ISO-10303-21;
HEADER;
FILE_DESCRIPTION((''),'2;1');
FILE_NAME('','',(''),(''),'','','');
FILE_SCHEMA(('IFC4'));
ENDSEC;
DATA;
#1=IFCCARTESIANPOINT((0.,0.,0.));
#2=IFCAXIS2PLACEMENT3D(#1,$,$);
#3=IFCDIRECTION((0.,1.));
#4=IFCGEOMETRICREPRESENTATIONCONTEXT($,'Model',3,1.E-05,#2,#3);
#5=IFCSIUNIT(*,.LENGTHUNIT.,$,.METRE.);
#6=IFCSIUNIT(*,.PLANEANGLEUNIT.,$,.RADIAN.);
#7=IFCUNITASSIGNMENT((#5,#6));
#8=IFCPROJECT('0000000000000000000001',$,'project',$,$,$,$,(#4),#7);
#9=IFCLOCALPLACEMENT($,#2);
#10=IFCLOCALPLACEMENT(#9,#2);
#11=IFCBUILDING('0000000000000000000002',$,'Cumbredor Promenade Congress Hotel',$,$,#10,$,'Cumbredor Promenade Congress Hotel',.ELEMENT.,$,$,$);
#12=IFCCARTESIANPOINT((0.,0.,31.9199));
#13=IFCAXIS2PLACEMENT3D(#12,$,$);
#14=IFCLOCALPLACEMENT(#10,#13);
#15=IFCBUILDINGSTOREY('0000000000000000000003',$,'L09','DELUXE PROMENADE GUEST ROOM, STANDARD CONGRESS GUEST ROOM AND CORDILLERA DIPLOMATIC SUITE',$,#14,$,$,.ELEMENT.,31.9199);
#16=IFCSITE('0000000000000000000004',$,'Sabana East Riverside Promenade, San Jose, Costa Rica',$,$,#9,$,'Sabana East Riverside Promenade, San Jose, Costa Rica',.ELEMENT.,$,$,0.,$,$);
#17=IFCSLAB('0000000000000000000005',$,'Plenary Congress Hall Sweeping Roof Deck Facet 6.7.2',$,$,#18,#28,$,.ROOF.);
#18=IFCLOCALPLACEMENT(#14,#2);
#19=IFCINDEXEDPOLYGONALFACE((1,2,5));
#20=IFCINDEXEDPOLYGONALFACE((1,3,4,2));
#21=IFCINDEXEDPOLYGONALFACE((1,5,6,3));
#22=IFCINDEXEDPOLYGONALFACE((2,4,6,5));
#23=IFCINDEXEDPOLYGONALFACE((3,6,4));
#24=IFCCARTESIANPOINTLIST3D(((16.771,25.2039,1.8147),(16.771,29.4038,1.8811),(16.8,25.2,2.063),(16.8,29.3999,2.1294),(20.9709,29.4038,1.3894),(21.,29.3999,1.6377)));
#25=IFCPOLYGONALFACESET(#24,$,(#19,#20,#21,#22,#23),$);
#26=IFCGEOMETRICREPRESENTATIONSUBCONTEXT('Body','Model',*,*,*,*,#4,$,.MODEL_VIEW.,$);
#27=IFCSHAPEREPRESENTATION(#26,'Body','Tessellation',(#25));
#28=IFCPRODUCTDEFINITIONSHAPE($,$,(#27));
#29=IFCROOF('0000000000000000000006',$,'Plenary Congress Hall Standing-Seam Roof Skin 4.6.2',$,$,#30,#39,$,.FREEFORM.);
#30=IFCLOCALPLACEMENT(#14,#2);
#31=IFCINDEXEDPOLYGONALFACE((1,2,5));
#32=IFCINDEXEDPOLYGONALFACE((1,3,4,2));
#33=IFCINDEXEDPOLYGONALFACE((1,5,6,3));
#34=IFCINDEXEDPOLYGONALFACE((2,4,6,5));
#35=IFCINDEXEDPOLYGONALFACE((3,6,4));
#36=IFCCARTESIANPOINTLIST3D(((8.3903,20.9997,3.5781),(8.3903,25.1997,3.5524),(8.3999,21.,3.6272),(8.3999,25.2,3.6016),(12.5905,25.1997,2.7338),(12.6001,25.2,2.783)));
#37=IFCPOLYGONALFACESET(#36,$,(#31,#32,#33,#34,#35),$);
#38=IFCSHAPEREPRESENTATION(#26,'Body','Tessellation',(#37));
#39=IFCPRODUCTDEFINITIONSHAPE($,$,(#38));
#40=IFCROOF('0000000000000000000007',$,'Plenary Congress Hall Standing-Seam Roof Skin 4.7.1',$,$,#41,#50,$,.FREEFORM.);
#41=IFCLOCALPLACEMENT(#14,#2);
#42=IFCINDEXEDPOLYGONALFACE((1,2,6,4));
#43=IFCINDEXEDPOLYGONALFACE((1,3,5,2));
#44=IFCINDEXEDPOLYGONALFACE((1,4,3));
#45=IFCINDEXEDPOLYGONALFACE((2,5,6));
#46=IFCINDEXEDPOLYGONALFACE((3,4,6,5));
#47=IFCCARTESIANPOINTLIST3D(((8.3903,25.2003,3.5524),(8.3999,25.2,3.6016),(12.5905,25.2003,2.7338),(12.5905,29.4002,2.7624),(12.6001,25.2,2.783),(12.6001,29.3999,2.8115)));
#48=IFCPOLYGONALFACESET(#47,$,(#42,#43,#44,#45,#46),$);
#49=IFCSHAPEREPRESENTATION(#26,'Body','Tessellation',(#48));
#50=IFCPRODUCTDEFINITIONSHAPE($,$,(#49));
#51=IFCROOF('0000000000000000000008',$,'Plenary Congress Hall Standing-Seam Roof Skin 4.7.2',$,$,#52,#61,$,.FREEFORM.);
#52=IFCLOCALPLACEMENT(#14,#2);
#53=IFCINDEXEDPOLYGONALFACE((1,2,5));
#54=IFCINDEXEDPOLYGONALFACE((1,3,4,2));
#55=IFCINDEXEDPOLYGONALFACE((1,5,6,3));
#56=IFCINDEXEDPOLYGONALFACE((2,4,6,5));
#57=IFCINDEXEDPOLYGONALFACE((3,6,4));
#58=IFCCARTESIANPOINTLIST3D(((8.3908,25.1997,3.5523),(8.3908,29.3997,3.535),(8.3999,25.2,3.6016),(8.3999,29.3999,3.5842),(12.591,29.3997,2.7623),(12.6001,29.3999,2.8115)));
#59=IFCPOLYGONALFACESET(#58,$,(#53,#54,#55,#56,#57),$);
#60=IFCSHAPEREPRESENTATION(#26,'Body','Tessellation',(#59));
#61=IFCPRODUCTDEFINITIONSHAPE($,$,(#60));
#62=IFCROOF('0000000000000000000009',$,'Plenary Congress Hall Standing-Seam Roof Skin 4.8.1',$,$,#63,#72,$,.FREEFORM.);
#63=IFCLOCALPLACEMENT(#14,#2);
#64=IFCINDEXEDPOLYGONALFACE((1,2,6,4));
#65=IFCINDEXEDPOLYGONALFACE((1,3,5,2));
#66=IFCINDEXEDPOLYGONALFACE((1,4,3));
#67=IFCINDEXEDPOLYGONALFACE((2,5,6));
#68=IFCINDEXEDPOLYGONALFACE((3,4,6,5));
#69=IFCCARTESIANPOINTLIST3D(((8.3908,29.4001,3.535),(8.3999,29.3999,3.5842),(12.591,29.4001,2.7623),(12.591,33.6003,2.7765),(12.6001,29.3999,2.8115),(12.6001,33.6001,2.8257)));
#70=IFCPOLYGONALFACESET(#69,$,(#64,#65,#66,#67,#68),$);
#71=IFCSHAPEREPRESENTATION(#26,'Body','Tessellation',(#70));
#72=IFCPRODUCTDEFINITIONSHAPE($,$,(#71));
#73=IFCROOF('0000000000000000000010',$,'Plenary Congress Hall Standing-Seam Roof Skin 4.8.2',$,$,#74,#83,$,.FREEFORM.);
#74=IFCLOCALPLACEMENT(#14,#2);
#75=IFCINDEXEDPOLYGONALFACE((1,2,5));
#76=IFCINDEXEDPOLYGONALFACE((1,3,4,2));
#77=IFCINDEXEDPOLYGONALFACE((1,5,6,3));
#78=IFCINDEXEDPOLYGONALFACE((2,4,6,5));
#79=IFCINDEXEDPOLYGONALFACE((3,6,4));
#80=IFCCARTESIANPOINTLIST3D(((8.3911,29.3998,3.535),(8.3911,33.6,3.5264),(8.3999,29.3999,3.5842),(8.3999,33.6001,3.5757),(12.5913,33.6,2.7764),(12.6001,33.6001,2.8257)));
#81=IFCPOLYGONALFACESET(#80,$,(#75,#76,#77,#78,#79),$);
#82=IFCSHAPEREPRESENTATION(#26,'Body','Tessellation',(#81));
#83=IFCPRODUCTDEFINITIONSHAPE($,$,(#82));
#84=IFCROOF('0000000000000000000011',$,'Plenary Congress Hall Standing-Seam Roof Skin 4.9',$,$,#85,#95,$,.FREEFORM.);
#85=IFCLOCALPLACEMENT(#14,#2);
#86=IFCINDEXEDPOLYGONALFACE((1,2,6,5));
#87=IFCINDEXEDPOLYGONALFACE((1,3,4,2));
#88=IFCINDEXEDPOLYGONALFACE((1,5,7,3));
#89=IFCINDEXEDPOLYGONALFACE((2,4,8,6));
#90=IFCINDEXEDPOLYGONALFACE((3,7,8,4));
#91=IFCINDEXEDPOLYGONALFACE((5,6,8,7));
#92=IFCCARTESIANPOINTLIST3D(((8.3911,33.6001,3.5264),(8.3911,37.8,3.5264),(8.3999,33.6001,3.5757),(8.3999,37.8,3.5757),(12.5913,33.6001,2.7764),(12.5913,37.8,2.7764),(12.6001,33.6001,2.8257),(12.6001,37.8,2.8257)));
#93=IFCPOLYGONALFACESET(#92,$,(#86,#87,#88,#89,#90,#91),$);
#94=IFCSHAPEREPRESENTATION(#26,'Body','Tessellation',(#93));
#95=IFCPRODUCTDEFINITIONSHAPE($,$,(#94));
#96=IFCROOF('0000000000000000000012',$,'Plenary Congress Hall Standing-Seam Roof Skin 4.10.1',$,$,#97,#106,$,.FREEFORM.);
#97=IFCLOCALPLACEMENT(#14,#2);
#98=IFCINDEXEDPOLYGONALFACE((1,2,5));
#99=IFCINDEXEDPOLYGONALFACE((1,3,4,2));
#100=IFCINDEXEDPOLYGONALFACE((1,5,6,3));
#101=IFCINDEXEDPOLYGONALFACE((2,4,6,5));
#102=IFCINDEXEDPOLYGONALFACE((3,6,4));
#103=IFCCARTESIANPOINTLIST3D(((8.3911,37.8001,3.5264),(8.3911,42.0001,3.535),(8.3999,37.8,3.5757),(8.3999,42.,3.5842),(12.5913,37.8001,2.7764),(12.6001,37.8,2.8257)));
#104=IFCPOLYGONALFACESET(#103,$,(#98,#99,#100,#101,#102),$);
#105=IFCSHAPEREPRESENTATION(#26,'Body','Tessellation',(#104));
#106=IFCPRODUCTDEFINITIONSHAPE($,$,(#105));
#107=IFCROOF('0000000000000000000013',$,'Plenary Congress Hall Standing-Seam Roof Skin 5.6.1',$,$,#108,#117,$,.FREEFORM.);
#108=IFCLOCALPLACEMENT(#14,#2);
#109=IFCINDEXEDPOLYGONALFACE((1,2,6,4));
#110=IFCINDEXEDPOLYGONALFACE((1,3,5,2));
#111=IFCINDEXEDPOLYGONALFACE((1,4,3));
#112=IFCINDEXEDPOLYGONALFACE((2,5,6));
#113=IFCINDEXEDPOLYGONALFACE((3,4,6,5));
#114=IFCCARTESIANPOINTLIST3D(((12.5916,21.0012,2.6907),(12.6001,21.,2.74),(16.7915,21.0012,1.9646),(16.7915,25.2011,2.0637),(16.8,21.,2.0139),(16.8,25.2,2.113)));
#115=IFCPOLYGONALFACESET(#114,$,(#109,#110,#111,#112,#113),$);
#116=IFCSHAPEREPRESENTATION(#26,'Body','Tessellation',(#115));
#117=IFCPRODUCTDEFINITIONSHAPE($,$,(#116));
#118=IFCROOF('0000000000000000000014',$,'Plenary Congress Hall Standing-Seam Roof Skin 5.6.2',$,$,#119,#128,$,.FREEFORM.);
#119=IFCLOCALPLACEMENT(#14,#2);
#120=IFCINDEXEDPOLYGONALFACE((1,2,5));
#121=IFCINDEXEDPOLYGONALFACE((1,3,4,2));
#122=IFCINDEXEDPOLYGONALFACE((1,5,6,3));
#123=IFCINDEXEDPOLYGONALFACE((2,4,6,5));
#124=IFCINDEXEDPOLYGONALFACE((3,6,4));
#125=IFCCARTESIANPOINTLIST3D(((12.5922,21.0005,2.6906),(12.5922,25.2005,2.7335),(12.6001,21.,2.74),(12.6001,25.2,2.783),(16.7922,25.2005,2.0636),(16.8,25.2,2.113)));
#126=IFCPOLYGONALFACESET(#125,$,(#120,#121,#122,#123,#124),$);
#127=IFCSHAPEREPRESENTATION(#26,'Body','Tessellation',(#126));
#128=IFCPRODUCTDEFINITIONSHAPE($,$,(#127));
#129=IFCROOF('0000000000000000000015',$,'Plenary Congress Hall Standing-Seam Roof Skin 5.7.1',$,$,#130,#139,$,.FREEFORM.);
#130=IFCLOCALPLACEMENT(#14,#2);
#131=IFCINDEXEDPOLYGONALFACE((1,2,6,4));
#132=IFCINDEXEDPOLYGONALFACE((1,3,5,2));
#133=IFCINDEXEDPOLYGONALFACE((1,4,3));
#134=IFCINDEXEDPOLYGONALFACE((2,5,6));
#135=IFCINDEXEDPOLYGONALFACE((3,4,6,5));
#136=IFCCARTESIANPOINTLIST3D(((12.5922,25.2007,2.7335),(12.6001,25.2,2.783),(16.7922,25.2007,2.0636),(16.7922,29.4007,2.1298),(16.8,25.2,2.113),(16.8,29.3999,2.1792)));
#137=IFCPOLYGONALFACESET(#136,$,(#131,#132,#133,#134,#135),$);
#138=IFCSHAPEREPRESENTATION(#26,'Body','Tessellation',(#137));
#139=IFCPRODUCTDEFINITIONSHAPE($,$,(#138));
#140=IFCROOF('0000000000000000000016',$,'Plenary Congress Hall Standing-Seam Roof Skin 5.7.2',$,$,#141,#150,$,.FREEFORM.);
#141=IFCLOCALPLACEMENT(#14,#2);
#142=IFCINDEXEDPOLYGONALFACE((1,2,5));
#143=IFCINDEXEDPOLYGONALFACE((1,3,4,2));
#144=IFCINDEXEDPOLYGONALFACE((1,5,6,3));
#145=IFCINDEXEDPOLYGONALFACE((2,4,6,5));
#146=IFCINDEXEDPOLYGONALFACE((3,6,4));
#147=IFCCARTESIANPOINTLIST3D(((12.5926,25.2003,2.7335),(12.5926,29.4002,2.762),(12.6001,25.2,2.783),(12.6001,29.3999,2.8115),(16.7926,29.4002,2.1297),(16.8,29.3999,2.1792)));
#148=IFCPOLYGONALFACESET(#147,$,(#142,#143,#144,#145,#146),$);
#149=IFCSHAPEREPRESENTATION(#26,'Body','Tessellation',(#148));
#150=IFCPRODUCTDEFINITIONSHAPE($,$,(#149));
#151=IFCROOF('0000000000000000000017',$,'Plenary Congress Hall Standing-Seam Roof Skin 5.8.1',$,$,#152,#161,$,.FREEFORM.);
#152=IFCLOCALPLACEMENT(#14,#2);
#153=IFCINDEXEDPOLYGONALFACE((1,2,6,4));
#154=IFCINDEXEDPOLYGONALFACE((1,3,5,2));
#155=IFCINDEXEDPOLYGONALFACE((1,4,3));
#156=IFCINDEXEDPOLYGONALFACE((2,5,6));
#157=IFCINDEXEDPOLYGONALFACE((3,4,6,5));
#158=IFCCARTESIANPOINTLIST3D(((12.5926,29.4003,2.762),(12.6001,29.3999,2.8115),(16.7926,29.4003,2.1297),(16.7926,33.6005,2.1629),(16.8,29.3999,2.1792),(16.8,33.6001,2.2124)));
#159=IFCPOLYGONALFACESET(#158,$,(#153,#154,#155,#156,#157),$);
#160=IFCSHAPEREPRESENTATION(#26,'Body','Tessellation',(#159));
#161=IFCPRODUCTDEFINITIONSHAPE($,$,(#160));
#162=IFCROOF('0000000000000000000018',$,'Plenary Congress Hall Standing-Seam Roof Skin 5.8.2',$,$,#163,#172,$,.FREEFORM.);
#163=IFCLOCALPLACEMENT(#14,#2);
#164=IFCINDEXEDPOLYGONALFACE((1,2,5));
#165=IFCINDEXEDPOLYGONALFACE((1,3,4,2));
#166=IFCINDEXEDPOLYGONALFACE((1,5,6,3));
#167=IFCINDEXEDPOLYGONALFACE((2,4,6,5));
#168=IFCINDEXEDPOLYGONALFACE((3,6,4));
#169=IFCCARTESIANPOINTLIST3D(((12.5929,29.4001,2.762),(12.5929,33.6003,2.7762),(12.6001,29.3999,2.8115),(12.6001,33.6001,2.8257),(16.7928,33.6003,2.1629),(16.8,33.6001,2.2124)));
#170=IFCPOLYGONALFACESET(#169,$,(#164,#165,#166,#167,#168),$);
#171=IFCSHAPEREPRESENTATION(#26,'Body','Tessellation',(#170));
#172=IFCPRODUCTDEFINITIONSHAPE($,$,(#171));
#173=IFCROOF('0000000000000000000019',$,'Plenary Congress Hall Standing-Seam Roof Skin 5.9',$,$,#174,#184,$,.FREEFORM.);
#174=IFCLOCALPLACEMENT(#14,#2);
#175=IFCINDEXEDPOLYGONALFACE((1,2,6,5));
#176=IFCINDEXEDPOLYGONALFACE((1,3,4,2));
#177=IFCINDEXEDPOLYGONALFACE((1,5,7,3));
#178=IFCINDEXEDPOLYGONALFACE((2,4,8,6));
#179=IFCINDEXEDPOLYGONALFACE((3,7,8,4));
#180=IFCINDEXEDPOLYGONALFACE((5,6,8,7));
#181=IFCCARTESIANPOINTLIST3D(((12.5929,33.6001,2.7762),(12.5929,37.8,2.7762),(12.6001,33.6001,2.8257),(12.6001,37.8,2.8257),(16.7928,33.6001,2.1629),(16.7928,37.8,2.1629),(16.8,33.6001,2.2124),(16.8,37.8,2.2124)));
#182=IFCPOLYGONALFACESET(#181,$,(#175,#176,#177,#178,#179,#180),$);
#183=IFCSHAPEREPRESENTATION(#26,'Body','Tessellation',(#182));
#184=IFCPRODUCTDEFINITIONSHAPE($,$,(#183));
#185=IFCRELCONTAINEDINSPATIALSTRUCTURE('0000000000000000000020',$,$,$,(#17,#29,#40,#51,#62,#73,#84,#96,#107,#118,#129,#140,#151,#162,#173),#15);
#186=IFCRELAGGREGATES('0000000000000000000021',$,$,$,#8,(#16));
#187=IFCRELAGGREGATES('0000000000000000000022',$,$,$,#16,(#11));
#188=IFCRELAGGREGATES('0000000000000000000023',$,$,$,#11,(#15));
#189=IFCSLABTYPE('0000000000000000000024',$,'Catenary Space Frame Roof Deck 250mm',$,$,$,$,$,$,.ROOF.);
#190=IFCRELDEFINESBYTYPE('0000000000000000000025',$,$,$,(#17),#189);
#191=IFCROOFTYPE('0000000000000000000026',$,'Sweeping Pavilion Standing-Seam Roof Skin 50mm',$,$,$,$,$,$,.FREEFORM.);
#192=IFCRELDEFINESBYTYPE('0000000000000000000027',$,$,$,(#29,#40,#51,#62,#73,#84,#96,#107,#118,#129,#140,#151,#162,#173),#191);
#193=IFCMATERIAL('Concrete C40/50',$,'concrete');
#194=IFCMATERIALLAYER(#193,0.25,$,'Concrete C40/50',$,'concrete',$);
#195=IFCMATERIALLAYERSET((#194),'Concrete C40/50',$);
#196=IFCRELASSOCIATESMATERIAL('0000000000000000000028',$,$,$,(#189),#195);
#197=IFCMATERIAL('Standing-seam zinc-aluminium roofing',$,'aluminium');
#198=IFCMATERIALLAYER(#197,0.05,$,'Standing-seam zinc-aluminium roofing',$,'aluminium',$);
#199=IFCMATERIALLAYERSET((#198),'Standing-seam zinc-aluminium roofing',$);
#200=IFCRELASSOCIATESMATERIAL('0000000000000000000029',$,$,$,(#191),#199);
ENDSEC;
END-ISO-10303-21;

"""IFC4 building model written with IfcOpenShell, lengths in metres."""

from ifc_helpers import new_model, si_unit, direction, frame, origin, place, context, subcontext, project, spatial, polyline, outline, extrude, material, layer, layer_set, type_object, element, save


model = new_model("IFC4")

# Units and contexts
model_context = context("Model", 3, precision=1e-05, world=origin(), true_north=direction((0.0, 1.0)))
body_context = subcontext(model_context, "Body", "Model", "MODEL_VIEW")
ifc_project = project(units=[si_unit("LENGTHUNIT", "METRE"), si_unit("PLANEANGLEUNIT", "RADIAN")], contexts=[model_context])

# Site, building, storey
site_placement = place(None, origin())
site = spatial("IfcSite", under=ifc_project, at=site_placement, Name="Sabana East Riverside Promenade, San Jose, Costa Rica", LongName="Sabana East Riverside Promenade, San Jose, Costa Rica", CompositionType="ELEMENT", RefElevation=0.0)
building_placement = place(site_placement, origin())
building = spatial("IfcBuilding", under=site, at=building_placement, Name="Cumbredor Promenade Congress Hotel", LongName="Cumbredor Promenade Congress Hotel", CompositionType="ELEMENT")
storey_placement = place(building_placement, frame((0.0, 0.0, 31.9199)))
storey = spatial("IfcBuildingStorey", under=building, at=storey_placement, Name="L09", Description="DELUXE PROMENADE GUEST ROOM, STANDARD CONGRESS GUEST ROOM AND CORDILLERA DIPLOMATIC SUITE", CompositionType="ELEMENT", Elevation=31.9199)

# Slab
ifc_material_1 = material(Name="Concrete C40/50", Category="concrete")
ifc_layer_1 = layer(ifc_material_1, 0.25, Name="Concrete C40/50", Category="concrete")
ifc_layer_set_1 = layer_set([ifc_layer_1], Name="Concrete C40/50")
slab_type = type_object("IfcSlabType", Name="Catenary Space Frame Roof Deck 250mm", PredefinedType="ROOF", material=ifc_layer_set_1)
slab_1_placement = place(storey_placement, frame((16.8, 25.2, 2.063), z_axis=(0.116264, -0.015702, 0.993094), x_axis=(0.705301, 0.705301, -0.07142)))
element("IfcSlab", 1, at=slab_1_placement, inside=storey, type_object=slab_type, Name="Plenary Congress Hall Sweeping Roof Deck Facet 6.7.2", PredefinedType="ROOF", context=body_context, shape_type="SweptSolid", body=[
    extrude(outline(polyline([(0.0, 0.0), (5.9548, 0.0), (2.9575, 2.9828), (0.0, 0.0)])), origin(), (0.0, 0.0, -1.0), 0.25),
])

# Roofs
ifc_material_2 = material(Name="Standing-seam zinc-aluminium roofing", Category="aluminium")
ifc_layer_2 = layer(ifc_material_2, 0.05, Name="Standing-seam zinc-aluminium roofing", Category="aluminium")
ifc_layer_set_2 = layer_set([ifc_layer_2], Name="Standing-seam zinc-aluminium roofing")
roof_type = type_object("IfcRoofType", Name="Sweeping Pavilion Standing-Seam Roof Skin 50mm", PredefinedType="FREEFORM", material=ifc_layer_set_2)
roof_1_placement = place(storey_placement, frame((8.3999, 21.0, 3.6272), z_axis=(0.191294, 0.005991, 0.981515), x_axis=(0.700091, 0.700051, -0.140718)))
element("IfcRoof", 2, at=roof_1_placement, inside=storey, type_object=roof_type, Name="Plenary Congress Hall Standing-Seam Roof Skin 4.6.2", PredefinedType="FREEFORM", context=body_context, shape_type="SweptSolid", body=[
    extrude(outline(polyline([(0.0, 0.0), (5.9995, 0.0), (2.9438, 2.9957), (0.0, 0.0)])), origin(), (0.0, 0.0, -1.0), 0.05),
])
roof_2_placement = place(storey_placement, frame((8.3999, 25.2, 3.6016), z_axis=(0.191293, -0.006675, 0.98151), x_axis=(0.981532, 0.0, -0.191297)))
element("IfcRoof", 3, at=roof_2_placement, inside=storey, type_object=roof_type, Name="Plenary Congress Hall Standing-Seam Roof Skin 4.7.1", PredefinedType="FREEFORM", context=body_context, shape_type="SweptSolid", body=[
    extrude(outline(polyline([(0.0, 0.0), (4.2792, 0.0), (4.2738, 4.2), (0.0, 0.0)])), origin(), (0.0, 0.0, -1.0), 0.05),
])
roof_3_placement = place(storey_placement, frame((8.3999, 25.2, 3.6016), z_axis=(0.180931, 0.004059, 0.983487), x_axis=(0.700954, 0.700913, -0.131847)))
element("IfcRoof", 4, at=roof_3_placement, inside=storey, type_object=roof_type, Name="Plenary Congress Hall Standing-Seam Roof Skin 4.7.2", PredefinedType="FREEFORM", context=body_context, shape_type="SweptSolid", body=[
    extrude(outline(polyline([(0.0, 0.0), (5.9921, 0.0), (2.9461, 2.9934), (0.0, 0.0)])), origin(), (0.0, 0.0, -1.0), 0.05),
])
roof_4_placement = place(storey_placement, frame((8.3999, 29.3999, 3.5842), z_axis=(0.180932, -0.003316, 0.98349), x_axis=(0.983496, 0.0, -0.180933)))
element("IfcRoof", 5, at=roof_4_placement, inside=storey, type_object=roof_type, Name="Plenary Congress Hall Standing-Seam Roof Skin 4.8.1", PredefinedType="FREEFORM", context=body_context, shape_type="SweptSolid", body=[
    extrude(outline(polyline([(0.0, 0.0), (4.2707, 0.0), (4.2681, 4.2002), (0.0, 0.0)])), origin(), (0.0, 0.0, -1.0), 0.05),
])
roof_5_placement = place(storey_placement, frame((8.3999, 29.3999, 3.5842), z_axis=(0.175782, 0.002003, 0.984427), x_axis=(0.701411, 0.701411, -0.126673)))
element("IfcRoof", 6, at=roof_5_placement, inside=storey, type_object=roof_type, Name="Plenary Congress Hall Standing-Seam Roof Skin 4.8.2", PredefinedType="FREEFORM", context=body_context, shape_type="SweptSolid", body=[
    extrude(outline(polyline([(0.0, 0.0), (5.9882, 0.0), (2.9471, 2.9927), (0.0, 0.0)])), origin(), (0.0, 0.0, -1.0), 0.05),
])
roof_6_placement = place(storey_placement, frame((8.3999, 33.6001, 3.5757), z_axis=(0.175783, 0.0, 0.984429), x_axis=(0.984429, 0.0, -0.175783)))
element("IfcRoof", 7, at=roof_6_placement, inside=storey, type_object=roof_type, Name="Plenary Congress Hall Standing-Seam Roof Skin 4.9", PredefinedType="FREEFORM", context=body_context, shape_type="SweptSolid", body=[
    extrude(outline(polyline([(0.0, 0.0), (4.2666, 0.0), (4.2666, 4.2), (0.0, 4.2), (0.0, 0.0)])), origin(), (0.0, 0.0, -1.0), 0.05),
])
roof_7_placement = place(storey_placement, frame((8.3999, 37.8, 3.5757), z_axis=(0.175782, -0.002003, 0.984427), x_axis=(0.984429, 0.0, -0.175783)))
element("IfcRoof", 8, at=roof_7_placement, inside=storey, type_object=roof_type, Name="Plenary Congress Hall Standing-Seam Roof Skin 4.10.1", PredefinedType="FREEFORM", context=body_context, shape_type="SweptSolid", body=[
    extrude(outline(polyline([(0.0, 0.0), (4.2666, 0.0), (-0.0015, 4.2), (0.0, 0.0)])), origin(), (0.0, 0.0, -1.0), 0.05),
])
roof_8_placement = place(storey_placement, frame((12.6001, 21.0, 2.74), z_axis=(0.170304, -0.023249, 0.985117), x_axis=(0.985384, 0.0, -0.17035)))
element("IfcRoof", 9, at=roof_8_placement, inside=storey, type_object=roof_type, Name="Plenary Congress Hall Standing-Seam Roof Skin 5.6.1", PredefinedType="FREEFORM", context=body_context, shape_type="SweptSolid", body=[
    extrude(outline(polyline([(0.0, 0.0), (4.2622, 0.0), (4.2454, 4.2011), (0.0, 0.0)])), origin(), (0.0, 0.0, -1.0), 0.05),
])
roof_9_placement = place(storey_placement, frame((12.6001, 21.0, 2.74), z_axis=(0.157508, -0.010103, 0.987466), x_axis=(0.7032, 0.7032, -0.104971)))
element("IfcRoof", 10, at=roof_9_placement, inside=storey, type_object=roof_type, Name="Plenary Congress Hall Standing-Seam Roof Skin 5.6.2", PredefinedType="FREEFORM", context=body_context, shape_type="SweptSolid", body=[
    extrude(outline(polyline([(0.0, 0.0), (5.9726, 0.0), (2.9489, 2.9909), (0.0, 0.0)])), origin(), (0.0, 0.0, -1.0), 0.05),
])
roof_10_placement = place(storey_placement, frame((12.6001, 25.2, 2.783), z_axis=(0.157497, -0.015555, 0.987397), x_axis=(0.987516, 0.0, -0.157516)))
element("IfcRoof", 11, at=roof_10_placement, inside=storey, type_object=roof_type, Name="Plenary Congress Hall Standing-Seam Roof Skin 5.7.1", PredefinedType="FREEFORM", context=body_context, shape_type="SweptSolid", body=[
    extrude(outline(polyline([(0.0, 0.0), (4.253, 0.0), (4.2426, 4.2005), (0.0, 0.0)])), origin(), (0.0, 0.0, -1.0), 0.05),
])
roof_11_placement = place(storey_placement, frame((12.6001, 25.2, 2.783), z_axis=(0.148874, -0.006725, 0.988833), x_axis=(0.703482, 0.703482, -0.101128)))
element("IfcRoof", 12, at=roof_11_placement, inside=storey, type_object=roof_type, Name="Plenary Congress Hall Standing-Seam Roof Skin 5.7.2", PredefinedType="FREEFORM", context=body_context, shape_type="SweptSolid", body=[
    extrude(outline(polyline([(0.0, 0.0), (5.9702, 0.0), (2.9517, 2.988), (0.0, 0.0)])), origin(), (0.0, 0.0, -1.0), 0.05),
])
roof_12_placement = place(storey_placement, frame((12.6001, 29.3999, 2.8115), z_axis=(0.148873, -0.007817, 0.988825), x_axis=(0.988856, 0.0, -0.148877)))
element("IfcRoof", 13, at=roof_12_placement, inside=storey, type_object=roof_type, Name="Plenary Congress Hall Standing-Seam Roof Skin 5.8.1", PredefinedType="FREEFORM", context=body_context, shape_type="SweptSolid", body=[
    extrude(outline(polyline([(0.0, 0.0), (4.2473, 0.0), (4.2423, 4.2003), (0.0, 0.0)])), origin(), (0.0, 0.0, -1.0), 0.05),
])
roof_13_placement = place(storey_placement, frame((12.6001, 29.3999, 2.8115), z_axis=(0.144488, -0.003336, 0.989501), x_axis=(0.703517, 0.703557, -0.100356)))
element("IfcRoof", 14, at=roof_13_placement, inside=storey, type_object=roof_type, Name="Plenary Congress Hall Standing-Seam Roof Skin 5.8.2", PredefinedType="FREEFORM", context=body_context, shape_type="SweptSolid", body=[
    extrude(outline(polyline([(0.0, 0.0), (5.9699, 0.0), (2.9537, 2.9863), (0.0, 0.0)])), origin(), (0.0, 0.0, -1.0), 0.05),
])
roof_14_placement = place(storey_placement, frame((12.6001, 33.6001, 2.8257), z_axis=(0.144489, 0.0, 0.989506), x_axis=(0.989506, 0.0, -0.144489)))
element("IfcRoof", 15, at=roof_14_placement, inside=storey, type_object=roof_type, Name="Plenary Congress Hall Standing-Seam Roof Skin 5.9", PredefinedType="FREEFORM", context=body_context, shape_type="SweptSolid", body=[
    extrude(outline(polyline([(0.0, 0.0), (4.2445, 0.0), (4.2445, 4.2), (0.0, 4.2), (0.0, 0.0)])), origin(), (0.0, 0.0, -1.0), 0.05),
])

save(model, "model.ifc")
